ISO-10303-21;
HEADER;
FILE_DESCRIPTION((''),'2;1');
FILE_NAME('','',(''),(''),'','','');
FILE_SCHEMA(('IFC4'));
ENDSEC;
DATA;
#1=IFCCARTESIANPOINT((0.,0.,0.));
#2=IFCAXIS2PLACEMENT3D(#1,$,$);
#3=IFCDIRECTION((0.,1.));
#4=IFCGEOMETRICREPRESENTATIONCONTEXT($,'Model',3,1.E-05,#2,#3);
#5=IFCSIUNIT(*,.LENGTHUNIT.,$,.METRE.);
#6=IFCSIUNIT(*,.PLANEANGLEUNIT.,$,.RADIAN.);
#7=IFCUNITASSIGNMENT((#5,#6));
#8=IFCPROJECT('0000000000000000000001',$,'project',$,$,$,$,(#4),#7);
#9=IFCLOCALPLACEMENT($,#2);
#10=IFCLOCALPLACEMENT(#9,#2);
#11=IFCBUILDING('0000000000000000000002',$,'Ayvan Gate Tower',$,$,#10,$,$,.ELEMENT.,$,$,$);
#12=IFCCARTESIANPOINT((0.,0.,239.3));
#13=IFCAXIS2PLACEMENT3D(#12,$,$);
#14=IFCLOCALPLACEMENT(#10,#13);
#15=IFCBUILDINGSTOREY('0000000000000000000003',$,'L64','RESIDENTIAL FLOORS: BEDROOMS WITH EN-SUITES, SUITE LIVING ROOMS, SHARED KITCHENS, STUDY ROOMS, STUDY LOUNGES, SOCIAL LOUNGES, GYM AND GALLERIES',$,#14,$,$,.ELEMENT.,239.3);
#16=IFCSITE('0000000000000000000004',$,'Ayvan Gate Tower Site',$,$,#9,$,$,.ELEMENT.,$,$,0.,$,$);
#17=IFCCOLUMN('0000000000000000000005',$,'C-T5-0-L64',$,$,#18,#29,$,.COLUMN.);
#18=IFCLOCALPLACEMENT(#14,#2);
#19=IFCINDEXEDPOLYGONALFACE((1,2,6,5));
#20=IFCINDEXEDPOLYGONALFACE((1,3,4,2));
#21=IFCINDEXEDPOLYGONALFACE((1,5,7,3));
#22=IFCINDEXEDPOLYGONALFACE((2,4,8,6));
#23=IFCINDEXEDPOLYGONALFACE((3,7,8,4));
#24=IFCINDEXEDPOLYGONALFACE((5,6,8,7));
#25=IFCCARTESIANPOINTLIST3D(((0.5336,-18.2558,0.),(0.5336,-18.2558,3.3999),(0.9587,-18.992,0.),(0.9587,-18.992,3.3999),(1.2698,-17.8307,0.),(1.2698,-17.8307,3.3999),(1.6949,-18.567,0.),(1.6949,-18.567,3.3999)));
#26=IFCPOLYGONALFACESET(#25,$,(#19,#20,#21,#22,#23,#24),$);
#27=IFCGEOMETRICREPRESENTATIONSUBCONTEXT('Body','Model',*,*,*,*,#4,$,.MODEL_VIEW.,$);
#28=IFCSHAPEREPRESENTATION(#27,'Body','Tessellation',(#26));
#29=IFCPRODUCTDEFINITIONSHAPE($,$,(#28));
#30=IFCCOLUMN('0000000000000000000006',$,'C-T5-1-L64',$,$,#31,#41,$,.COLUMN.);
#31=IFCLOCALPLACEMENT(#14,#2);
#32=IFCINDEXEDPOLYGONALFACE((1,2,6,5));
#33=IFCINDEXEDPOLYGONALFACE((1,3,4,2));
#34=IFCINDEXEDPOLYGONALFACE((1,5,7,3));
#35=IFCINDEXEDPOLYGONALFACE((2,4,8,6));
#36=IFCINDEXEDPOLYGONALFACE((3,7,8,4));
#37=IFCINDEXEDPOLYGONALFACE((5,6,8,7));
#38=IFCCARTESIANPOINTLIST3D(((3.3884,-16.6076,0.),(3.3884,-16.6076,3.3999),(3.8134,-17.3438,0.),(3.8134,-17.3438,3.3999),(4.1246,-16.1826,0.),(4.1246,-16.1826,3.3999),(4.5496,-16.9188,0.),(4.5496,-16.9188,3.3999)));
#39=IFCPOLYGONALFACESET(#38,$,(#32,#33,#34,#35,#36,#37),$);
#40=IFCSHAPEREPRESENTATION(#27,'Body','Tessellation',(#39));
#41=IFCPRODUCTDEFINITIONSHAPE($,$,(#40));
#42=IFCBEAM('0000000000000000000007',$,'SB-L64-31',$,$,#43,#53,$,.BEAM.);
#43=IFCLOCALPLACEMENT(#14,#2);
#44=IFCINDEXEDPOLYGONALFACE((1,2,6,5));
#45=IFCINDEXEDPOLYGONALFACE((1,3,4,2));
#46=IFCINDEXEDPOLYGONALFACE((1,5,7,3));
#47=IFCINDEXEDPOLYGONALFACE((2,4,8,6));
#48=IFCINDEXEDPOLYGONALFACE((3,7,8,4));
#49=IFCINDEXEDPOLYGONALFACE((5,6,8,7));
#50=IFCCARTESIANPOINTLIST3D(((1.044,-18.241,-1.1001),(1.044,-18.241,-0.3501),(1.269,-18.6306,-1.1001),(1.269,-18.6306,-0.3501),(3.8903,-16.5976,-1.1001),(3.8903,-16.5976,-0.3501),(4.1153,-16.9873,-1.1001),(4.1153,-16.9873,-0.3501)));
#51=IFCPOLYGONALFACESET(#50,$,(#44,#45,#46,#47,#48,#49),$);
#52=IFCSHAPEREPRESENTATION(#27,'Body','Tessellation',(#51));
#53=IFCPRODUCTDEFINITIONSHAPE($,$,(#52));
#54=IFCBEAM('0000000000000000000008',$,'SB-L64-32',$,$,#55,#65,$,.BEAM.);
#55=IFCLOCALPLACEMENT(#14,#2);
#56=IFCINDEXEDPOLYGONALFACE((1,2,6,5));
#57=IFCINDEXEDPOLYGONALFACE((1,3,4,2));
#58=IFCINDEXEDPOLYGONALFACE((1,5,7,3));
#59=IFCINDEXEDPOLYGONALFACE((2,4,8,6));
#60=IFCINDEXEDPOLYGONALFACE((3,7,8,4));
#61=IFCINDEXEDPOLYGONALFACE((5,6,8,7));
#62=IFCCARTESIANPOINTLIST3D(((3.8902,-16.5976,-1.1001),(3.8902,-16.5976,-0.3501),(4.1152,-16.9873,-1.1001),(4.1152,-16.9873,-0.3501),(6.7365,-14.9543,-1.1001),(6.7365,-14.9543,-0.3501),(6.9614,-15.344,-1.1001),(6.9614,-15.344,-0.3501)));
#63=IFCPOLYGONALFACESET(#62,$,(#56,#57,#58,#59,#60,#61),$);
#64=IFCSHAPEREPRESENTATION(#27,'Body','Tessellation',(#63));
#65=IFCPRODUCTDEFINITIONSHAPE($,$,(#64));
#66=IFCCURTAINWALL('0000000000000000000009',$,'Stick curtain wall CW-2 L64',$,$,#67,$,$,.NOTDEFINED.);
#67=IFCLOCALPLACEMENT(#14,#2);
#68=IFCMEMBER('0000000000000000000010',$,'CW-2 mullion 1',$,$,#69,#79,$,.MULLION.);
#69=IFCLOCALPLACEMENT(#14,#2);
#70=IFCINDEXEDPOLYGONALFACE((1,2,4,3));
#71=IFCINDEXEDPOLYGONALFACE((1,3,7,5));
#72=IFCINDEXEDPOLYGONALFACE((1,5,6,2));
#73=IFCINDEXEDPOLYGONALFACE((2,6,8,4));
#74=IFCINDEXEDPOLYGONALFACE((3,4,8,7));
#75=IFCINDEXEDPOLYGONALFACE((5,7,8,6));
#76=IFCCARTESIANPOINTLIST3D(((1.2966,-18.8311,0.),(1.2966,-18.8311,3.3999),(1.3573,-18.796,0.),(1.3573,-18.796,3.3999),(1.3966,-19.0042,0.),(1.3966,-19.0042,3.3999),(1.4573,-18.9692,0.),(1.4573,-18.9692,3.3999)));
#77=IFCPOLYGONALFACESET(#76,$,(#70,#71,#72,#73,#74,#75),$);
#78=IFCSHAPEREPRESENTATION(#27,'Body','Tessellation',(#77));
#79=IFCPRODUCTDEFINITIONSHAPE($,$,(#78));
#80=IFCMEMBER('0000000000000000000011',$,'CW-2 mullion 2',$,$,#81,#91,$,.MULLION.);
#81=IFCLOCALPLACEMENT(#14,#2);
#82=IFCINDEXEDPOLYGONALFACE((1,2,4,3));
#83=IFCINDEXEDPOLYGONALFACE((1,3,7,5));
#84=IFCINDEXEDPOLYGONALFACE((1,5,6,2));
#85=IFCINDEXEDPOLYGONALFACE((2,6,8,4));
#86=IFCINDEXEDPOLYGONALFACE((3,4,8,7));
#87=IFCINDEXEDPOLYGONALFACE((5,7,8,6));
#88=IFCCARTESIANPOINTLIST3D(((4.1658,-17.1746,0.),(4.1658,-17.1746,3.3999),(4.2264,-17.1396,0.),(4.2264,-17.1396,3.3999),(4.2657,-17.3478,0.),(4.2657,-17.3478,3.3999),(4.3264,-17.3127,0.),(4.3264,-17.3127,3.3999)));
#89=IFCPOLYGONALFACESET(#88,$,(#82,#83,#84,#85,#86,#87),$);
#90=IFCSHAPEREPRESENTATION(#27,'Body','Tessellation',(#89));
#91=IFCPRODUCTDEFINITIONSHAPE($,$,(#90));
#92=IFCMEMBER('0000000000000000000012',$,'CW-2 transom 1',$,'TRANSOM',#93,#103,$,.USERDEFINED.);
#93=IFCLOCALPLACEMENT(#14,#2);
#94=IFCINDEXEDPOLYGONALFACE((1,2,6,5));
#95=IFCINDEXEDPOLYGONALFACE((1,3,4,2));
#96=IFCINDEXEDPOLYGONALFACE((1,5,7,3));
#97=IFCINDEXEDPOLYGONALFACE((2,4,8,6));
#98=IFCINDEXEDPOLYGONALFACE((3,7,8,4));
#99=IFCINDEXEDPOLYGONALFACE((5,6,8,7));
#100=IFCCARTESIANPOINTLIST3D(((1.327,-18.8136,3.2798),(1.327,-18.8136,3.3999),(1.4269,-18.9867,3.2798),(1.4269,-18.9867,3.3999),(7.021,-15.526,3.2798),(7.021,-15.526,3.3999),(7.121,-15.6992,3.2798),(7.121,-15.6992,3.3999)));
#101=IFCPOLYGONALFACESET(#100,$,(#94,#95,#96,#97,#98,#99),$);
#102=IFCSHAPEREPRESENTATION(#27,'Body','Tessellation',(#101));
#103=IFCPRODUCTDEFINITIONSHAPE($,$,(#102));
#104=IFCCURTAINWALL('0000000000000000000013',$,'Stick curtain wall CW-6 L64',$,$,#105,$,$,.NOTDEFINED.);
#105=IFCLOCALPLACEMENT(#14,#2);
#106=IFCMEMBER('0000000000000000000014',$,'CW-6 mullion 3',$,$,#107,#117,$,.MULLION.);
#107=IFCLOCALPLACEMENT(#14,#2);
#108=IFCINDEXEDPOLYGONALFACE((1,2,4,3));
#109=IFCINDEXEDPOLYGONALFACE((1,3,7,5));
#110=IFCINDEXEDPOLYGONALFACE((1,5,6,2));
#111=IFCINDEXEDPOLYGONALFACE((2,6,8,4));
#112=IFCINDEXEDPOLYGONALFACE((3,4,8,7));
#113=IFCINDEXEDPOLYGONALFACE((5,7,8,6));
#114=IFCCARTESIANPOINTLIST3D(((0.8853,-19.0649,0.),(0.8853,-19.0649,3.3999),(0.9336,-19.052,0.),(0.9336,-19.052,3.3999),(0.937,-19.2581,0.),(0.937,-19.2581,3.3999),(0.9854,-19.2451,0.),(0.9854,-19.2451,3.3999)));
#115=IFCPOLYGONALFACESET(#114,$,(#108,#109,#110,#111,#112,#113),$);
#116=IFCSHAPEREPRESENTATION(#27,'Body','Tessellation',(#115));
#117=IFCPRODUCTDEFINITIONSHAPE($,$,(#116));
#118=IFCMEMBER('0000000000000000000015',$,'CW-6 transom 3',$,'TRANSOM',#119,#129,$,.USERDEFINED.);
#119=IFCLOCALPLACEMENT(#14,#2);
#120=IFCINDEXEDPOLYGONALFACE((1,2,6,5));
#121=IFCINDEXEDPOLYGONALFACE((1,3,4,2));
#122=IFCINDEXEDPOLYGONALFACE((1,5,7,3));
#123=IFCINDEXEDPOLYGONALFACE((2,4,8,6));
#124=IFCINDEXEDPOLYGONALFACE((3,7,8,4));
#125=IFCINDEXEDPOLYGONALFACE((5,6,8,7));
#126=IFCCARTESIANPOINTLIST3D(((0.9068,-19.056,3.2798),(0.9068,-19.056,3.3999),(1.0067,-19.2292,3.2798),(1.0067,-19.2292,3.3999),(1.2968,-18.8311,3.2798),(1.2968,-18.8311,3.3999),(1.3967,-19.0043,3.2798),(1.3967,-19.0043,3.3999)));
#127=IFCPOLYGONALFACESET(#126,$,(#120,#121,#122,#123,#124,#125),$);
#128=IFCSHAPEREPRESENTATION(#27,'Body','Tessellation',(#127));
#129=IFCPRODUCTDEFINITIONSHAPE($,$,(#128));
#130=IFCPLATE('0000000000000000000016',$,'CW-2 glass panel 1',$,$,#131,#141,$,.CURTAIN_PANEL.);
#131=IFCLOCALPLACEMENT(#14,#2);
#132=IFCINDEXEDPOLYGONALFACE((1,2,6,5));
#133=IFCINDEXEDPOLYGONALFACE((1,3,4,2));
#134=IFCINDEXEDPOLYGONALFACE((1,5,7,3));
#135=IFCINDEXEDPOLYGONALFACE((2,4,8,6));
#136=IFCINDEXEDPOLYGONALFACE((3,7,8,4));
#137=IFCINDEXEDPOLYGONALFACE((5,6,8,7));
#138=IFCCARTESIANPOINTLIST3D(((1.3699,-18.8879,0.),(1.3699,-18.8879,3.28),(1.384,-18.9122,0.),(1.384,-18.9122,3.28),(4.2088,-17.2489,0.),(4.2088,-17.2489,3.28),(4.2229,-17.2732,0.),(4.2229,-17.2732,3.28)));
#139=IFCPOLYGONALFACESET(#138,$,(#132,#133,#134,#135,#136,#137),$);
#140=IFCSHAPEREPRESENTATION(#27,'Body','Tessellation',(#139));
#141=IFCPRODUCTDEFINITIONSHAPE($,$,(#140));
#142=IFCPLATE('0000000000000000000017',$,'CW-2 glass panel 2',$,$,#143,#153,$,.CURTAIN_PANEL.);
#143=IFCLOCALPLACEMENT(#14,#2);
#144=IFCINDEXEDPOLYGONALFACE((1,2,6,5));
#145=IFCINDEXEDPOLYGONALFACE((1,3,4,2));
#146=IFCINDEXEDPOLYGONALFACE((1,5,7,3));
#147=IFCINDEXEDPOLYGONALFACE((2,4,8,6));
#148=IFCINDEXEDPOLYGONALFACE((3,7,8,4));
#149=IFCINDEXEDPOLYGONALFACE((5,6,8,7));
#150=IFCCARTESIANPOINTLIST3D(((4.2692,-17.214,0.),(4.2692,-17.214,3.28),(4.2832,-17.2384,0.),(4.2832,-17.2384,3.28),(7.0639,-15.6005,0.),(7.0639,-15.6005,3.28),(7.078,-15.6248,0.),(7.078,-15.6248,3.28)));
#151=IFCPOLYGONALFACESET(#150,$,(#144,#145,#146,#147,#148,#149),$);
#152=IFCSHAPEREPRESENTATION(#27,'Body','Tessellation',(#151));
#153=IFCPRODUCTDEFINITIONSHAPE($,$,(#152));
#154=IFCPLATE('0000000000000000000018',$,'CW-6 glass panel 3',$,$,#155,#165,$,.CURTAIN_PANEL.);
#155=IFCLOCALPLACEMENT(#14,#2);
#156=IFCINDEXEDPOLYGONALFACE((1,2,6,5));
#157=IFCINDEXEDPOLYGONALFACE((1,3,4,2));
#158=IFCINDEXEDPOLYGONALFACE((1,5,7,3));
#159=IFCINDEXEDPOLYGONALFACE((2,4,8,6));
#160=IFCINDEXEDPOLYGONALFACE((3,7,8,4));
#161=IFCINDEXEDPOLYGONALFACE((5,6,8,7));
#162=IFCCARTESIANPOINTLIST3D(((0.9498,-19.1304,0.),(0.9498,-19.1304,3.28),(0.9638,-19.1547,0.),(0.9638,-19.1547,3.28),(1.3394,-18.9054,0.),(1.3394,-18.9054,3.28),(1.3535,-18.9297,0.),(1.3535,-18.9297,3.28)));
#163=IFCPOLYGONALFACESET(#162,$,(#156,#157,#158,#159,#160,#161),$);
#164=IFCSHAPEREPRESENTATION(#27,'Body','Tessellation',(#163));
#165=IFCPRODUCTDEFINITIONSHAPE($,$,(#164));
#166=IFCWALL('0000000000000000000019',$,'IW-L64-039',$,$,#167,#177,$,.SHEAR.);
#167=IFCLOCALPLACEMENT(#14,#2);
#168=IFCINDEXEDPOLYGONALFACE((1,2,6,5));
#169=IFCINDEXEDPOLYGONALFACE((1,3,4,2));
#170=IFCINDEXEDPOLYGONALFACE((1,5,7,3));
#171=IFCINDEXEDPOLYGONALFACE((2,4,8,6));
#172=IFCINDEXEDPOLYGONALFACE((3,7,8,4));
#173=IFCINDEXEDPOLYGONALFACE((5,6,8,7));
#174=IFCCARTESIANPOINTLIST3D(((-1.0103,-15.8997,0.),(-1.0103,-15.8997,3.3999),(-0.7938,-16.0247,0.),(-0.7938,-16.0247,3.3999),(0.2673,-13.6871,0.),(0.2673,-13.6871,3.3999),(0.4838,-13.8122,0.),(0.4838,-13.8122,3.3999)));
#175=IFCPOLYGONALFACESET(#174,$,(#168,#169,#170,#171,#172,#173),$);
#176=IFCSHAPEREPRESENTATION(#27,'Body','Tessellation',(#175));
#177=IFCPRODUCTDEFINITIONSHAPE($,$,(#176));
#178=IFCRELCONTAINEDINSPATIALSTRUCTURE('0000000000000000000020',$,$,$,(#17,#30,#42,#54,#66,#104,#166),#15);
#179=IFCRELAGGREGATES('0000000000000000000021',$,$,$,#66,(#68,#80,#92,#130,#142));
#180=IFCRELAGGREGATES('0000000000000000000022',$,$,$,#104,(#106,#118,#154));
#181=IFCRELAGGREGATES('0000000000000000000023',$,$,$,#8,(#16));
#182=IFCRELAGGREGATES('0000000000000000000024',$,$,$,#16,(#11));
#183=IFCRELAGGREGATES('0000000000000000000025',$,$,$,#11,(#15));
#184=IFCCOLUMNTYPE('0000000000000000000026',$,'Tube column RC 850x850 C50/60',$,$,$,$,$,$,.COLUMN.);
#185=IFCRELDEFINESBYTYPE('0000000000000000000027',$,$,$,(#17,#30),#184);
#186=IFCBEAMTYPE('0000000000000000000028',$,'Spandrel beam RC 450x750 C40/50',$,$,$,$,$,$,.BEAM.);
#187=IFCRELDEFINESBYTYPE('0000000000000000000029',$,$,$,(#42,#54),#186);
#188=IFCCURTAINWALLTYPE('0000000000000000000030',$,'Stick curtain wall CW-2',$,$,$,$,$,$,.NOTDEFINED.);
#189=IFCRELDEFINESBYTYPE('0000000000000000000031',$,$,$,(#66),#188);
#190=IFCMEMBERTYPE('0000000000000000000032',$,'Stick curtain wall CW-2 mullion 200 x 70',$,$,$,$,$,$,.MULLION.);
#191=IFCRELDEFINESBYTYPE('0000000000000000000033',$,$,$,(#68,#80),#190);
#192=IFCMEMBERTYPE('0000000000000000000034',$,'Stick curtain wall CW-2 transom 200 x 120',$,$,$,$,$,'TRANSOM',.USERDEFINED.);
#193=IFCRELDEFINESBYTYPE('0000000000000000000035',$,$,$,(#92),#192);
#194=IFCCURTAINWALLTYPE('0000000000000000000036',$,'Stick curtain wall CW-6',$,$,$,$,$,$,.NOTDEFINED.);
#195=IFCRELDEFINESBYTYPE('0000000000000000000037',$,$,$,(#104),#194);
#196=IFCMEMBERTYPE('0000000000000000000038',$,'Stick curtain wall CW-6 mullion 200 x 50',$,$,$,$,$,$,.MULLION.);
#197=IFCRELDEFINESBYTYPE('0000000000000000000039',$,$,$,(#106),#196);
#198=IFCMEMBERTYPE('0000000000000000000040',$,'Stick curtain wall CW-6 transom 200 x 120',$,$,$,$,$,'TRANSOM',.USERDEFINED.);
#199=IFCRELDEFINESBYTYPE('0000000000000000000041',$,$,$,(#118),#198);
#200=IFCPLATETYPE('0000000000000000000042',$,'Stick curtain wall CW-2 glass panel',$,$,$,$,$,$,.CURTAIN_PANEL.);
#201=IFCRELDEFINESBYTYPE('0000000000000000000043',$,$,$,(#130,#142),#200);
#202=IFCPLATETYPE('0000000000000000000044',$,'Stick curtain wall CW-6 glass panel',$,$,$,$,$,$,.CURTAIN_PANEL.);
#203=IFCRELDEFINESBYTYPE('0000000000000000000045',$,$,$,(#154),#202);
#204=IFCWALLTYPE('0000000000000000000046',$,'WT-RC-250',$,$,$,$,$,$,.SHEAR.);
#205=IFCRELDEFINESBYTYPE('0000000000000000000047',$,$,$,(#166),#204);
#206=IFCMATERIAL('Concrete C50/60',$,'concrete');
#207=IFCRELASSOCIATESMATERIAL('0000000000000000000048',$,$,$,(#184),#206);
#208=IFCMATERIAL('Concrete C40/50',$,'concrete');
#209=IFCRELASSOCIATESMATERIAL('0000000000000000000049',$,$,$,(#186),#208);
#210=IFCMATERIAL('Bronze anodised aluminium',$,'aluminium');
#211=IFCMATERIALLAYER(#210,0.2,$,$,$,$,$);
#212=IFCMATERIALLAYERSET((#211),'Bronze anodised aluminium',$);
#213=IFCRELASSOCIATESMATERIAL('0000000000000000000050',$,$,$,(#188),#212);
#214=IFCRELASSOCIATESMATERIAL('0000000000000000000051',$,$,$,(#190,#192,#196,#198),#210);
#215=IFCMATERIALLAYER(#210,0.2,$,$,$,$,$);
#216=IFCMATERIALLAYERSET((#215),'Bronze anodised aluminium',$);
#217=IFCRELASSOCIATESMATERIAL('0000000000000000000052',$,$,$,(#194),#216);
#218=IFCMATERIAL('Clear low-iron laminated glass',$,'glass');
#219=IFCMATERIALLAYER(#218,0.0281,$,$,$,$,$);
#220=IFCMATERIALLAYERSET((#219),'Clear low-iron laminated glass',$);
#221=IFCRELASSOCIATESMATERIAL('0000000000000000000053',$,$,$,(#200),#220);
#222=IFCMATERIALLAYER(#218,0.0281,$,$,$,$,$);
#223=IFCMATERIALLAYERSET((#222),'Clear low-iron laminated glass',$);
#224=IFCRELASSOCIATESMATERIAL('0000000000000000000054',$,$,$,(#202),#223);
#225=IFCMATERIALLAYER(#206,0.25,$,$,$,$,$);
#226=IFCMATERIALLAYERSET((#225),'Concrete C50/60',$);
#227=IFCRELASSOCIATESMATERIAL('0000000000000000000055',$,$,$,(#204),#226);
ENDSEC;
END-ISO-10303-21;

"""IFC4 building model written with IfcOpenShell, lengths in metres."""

from ifc_helpers import new_model, si_unit, direction, frame, frame_2d, origin, origin_2d, place, context, subcontext, project, spatial, rectangle, extrude, material, layer, layer_set, material_profile, profile_set, type_object, element, aggregate, save


model = new_model("IFC4")

# Units and contexts
model_context = context("Model", 3, precision=1e-05, world=origin(), true_north=direction((0.0, 1.0)))
body_context = subcontext(model_context, "Body", "Model", "MODEL_VIEW")
ifc_project = project(units=[si_unit("LENGTHUNIT", "METRE"), si_unit("PLANEANGLEUNIT", "RADIAN")], contexts=[model_context])

# Site, building, storey
site_placement = place(None, origin())
site = spatial("IfcSite", under=ifc_project, at=site_placement, Name="Ayvan Gate Tower Site", CompositionType="ELEMENT", RefElevation=0.0)
building_placement = place(site_placement, origin())
building = spatial("IfcBuilding", under=site, at=building_placement, Name="Ayvan Gate Tower", CompositionType="ELEMENT")
storey_placement = place(building_placement, frame((0.0, 0.0, 239.3)))
storey = spatial("IfcBuildingStorey", under=building, at=storey_placement, Name="L64", Description="RESIDENTIAL FLOORS: BEDROOMS WITH EN-SUITES, SUITE LIVING ROOMS, SHARED KITCHENS, STUDY ROOMS, STUDY LOUNGES, SOCIAL LOUNGES, GYM AND GALLERIES", CompositionType="ELEMENT", Elevation=239.3)

# Columns
ifc_material_1 = material(Name="Concrete C50/60", Category="concrete")
ifc_material_profile_1 = material_profile(ifc_material_1, rectangle(XDim=0.8501, YDim=0.8501, at=origin_2d()), Name="RC 850x850")
ifc_profile_set_1 = profile_set([ifc_material_profile_1], Name="Concrete C50/60")
column_type = type_object("IfcColumnType", Name="Tube column RC 850x850 C50/60", PredefinedType="COLUMN", material=ifc_profile_set_1)
for number, where, z_axis, x_axis, name in (
    (1, (1.1143, -18.4114, 0.0), (0.0, 0.0, 1.0), (0.5, -0.866025, 0.0), "C-T5-0-L64"),
    (2, (3.969, -16.7632, 0.0), (0.0, 0.0, 1.0), (0.5, -0.866025, 0.0), "C-T5-1-L64"),
):
    element("IfcColumn", number, at=place(storey_placement, frame(where, z_axis=z_axis, x_axis=x_axis)), inside=storey, type_object=column_type, Name=name, PredefinedType="COLUMN", context=body_context, shape_type="SweptSolid", body=[
        extrude(rectangle(XDim=0.8501, YDim=0.8501, at=origin_2d()), origin(), (0.0, 0.0, 1.0), 3.3999),
    ])

# Beams
ifc_material_2 = material(Name="Concrete C40/50", Category="concrete")
ifc_material_profile_2 = material_profile(ifc_material_2, rectangle(XDim=0.45, YDim=0.75, at=origin_2d()), Name="RC 450x750")
ifc_profile_set_2 = profile_set([ifc_material_profile_2], Name="Concrete C40/50")
beam_type = type_object("IfcBeamType", Name="Spandrel beam RC 450x750 C40/50", PredefinedType="BEAM", material=ifc_profile_set_2)
for number, where, z_axis, x_axis, name in (
    (3, (1.1565, -18.4358, -0.7251), (0.866017, 0.500014, 0.0), (-0.500014, 0.866017, 0.0), "SB-L64-31"),
    (4, (4.0027, -16.7925, -0.7251), (0.866017, 0.500014, 0.0), (-0.500014, 0.866017, 0.0), "SB-L64-32"),
):
    element("IfcBeam", number, at=place(storey_placement, frame(where, z_axis=z_axis, x_axis=x_axis)), inside=storey, type_object=beam_type, Name=name, PredefinedType="BEAM", context=body_context, shape_type="SweptSolid", body=[
        extrude(rectangle(XDim=0.45, YDim=0.75, at=origin_2d()), origin(), (0.0, 0.0, 1.0), 3.2866),
    ])

# Curtain walls, members
ifc_material_3 = material(Name="Bronze anodised aluminium", Category="aluminium")
ifc_layer_1 = layer(ifc_material_3, 0.2)
ifc_layer_set_1 = layer_set([ifc_layer_1], Name="Bronze anodised aluminium")
curtain_wall_type_1 = type_object("IfcCurtainWallType", Name="Stick curtain wall CW-2", PredefinedType="NOTDEFINED", material=ifc_layer_set_1)
curtain_wall_1_placement = place(storey_placement, origin())
curtain_wall_1 = element("IfcCurtainWall", 5, at=curtain_wall_1_placement, inside=storey, type_object=curtain_wall_type_1, Name="Stick curtain wall CW-2 L64", PredefinedType="NOTDEFINED")
ifc_material_profile_3 = material_profile(ifc_material_3, rectangle(XDim=0.2, YDim=0.0701, at=origin_2d()), Name="Stick curtain wall CW-2 mullion 200 x 70")
ifc_profile_set_3 = profile_set([ifc_material_profile_3], Name="Bronze anodised aluminium")
member_type_1 = type_object("IfcMemberType", Name="Stick curtain wall CW-2 mullion 200 x 70", PredefinedType="MULLION", material=ifc_profile_set_3)
member_1_placement = place(storey_placement, frame((1.377, -18.9001, 0.0), z_axis=(0.0, 0.0, 1.0), x_axis=(0.5, -0.866025, 0.0)))
member_1 = element("IfcMember", 6, at=member_1_placement, type_object=member_type_1, Name="CW-2 mullion 1", PredefinedType="MULLION", context=body_context, shape_type="SweptSolid", body=[
    extrude(rectangle(XDim=0.2, YDim=0.0701, at=origin_2d()), origin(), (0.0, 0.0, 1.0), 3.3999),
])
member_2_placement = place(storey_placement, frame((4.2461, -17.2437, 0.0), z_axis=(0.0, 0.0, 1.0), x_axis=(0.5, -0.866025, 0.0)))
member_2 = element("IfcMember", 7, at=member_2_placement, type_object=member_type_1, Name="CW-2 mullion 2", PredefinedType="MULLION", context=body_context, shape_type="SweptSolid", body=[
    extrude(rectangle(XDim=0.2, YDim=0.0701, at=origin_2d()), origin(), (0.0, 0.0, 1.0), 3.3999),
])
ifc_material_profile_4 = material_profile(ifc_material_3, rectangle(XDim=0.2, YDim=0.1201, at=origin_2d()), Name="Stick curtain wall CW-2 transom 200 x 120")
ifc_profile_set_4 = profile_set([ifc_material_profile_4], Name="Bronze anodised aluminium")
member_type_2 = type_object("IfcMemberType", Name="Stick curtain wall CW-2 transom 200 x 120", ElementType="TRANSOM", PredefinedType="USERDEFINED", material=ifc_profile_set_4)
member_3_placement = place(storey_placement, frame((1.377, -18.9001, 3.3398), z_axis=(0.866018, 0.500013, 0.0), x_axis=(-0.500013, 0.866018, 0.0)))
member_3 = element("IfcMember", 8, at=member_3_placement, type_object=member_type_2, Name="CW-2 transom 1", ObjectType="TRANSOM", PredefinedType="USERDEFINED", context=body_context, shape_type="SweptSolid", body=[
    extrude(rectangle(XDim=0.2, YDim=0.1201, at=origin_2d()), origin(), (0.0, 0.0, 1.0), 6.575),
])
ifc_layer_2 = layer(ifc_material_3, 0.2)
ifc_layer_set_2 = layer_set([ifc_layer_2], Name="Bronze anodised aluminium")
curtain_wall_type_2 = type_object("IfcCurtainWallType", Name="Stick curtain wall CW-6", PredefinedType="NOTDEFINED", material=ifc_layer_set_2)
curtain_wall_2_placement = place(storey_placement, origin())
curtain_wall_2 = element("IfcCurtainWall", 9, at=curtain_wall_2_placement, inside=storey, type_object=curtain_wall_type_2, Name="Stick curtain wall CW-6 L64", PredefinedType="NOTDEFINED")
ifc_material_profile_5 = material_profile(ifc_material_3, rectangle(XDim=0.2, YDim=0.05, at=origin_2d()), Name="Stick curtain wall CW-6 mullion 200 x 50")
ifc_profile_set_5 = profile_set([ifc_material_profile_5], Name="Bronze anodised aluminium")
member_type_3 = type_object("IfcMemberType", Name="Stick curtain wall CW-6 mullion 200 x 50", PredefinedType="MULLION", material=ifc_profile_set_5)
member_4_placement = place(storey_placement, frame((0.9353, -19.155, 0.0), z_axis=(0.0, 0.0, 1.0), x_axis=(0.258819, -0.965926, 0.0)))
member_4 = element("IfcMember", 10, at=member_4_placement, type_object=member_type_3, Name="CW-6 mullion 3", PredefinedType="MULLION", context=body_context, shape_type="SweptSolid", body=[
    extrude(rectangle(XDim=0.2, YDim=0.05, at=origin_2d()), origin(), (0.0, 0.0, 1.0), 3.3999),
])
ifc_material_profile_6 = material_profile(ifc_material_3, rectangle(XDim=0.2, YDim=0.1201, at=origin_2d()), Name="Stick curtain wall CW-6 transom 200 x 120")
ifc_profile_set_6 = profile_set([ifc_material_profile_6], Name="Bronze anodised aluminium")
member_type_4 = type_object("IfcMemberType", Name="Stick curtain wall CW-6 transom 200 x 120", ElementType="TRANSOM", PredefinedType="USERDEFINED", material=ifc_profile_set_6)
member_5_placement = place(storey_placement, frame((0.9568, -19.1426, 3.3398), z_axis=(0.866267, 0.499582, 0.0), x_axis=(-0.499582, 0.866267, 0.0)))
member_5 = element("IfcMember", 11, at=member_5_placement, type_object=member_type_4, Name="CW-6 transom 3", ObjectType="TRANSOM", PredefinedType="USERDEFINED", context=body_context, shape_type="SweptSolid", body=[
    extrude(rectangle(XDim=0.2, YDim=0.1201, at=origin_2d()), origin(), (0.0, 0.0, 1.0), 0.4502),
])

# Plates
ifc_material_4 = material(Name="Clear low-iron laminated glass", Category="glass")
ifc_layer_3 = layer(ifc_material_4, 0.0281)
ifc_layer_set_3 = layer_set([ifc_layer_3], Name="Clear low-iron laminated glass")
plate_type_1 = type_object("IfcPlateType", Name="Stick curtain wall CW-2 glass panel", PredefinedType="CURTAIN_PANEL", material=ifc_layer_set_3)
plate_1_placement = place(storey_placement, frame((2.7964, -18.0806, 0.0), z_axis=(0.0, 0.0, 1.0), x_axis=(0.866025, 0.5, 0.0)))
plate_1 = element("IfcPlate", 12, at=plate_1_placement, type_object=plate_type_1, Name="CW-2 glass panel 1", PredefinedType="CURTAIN_PANEL", context=body_context, shape_type="SweptSolid", body=[
    extrude(rectangle(XDim=3.2781, YDim=0.0281, at=origin_2d()), origin(), (0.0, 0.0, 1.0), 3.28),
])
plate_2_placement = place(storey_placement, frame((5.6736, -16.4194, 0.0), z_axis=(0.0, 0.0, 1.0), x_axis=(0.866025, 0.5, 0.0)))
plate_2 = element("IfcPlate", 13, at=plate_2_placement, type_object=plate_type_1, Name="CW-2 glass panel 2", PredefinedType="CURTAIN_PANEL", context=body_context, shape_type="SweptSolid", body=[
    extrude(rectangle(XDim=3.2271, YDim=0.0281, at=origin_2d()), origin(), (0.0, 0.0, 1.0), 3.28),
])
aggregate(curtain_wall_1, [member_1, member_2, member_3, plate_1, plate_2])
ifc_layer_4 = layer(ifc_material_4, 0.0281)
ifc_layer_set_4 = layer_set([ifc_layer_4], Name="Clear low-iron laminated glass")
plate_type_2 = type_object("IfcPlateType", Name="Stick curtain wall CW-6 glass panel", PredefinedType="CURTAIN_PANEL", material=ifc_layer_set_4)
plate_3_placement = place(storey_placement, frame((1.1516, -19.03, 0.0), z_axis=(0.0, 0.0, 1.0), x_axis=(0.866025, 0.5, 0.0)))
plate_3 = element("IfcPlate", 14, at=plate_3_placement, type_object=plate_type_2, Name="CW-6 glass panel 3", PredefinedType="CURTAIN_PANEL", context=body_context, shape_type="SweptSolid", body=[
    extrude(rectangle(XDim=0.45, YDim=0.0281, at=origin_2d()), origin(), (0.0, 0.0, 1.0), 3.28),
])
aggregate(curtain_wall_2, [member_4, member_5, plate_3])

# Wall
ifc_layer_5 = layer(ifc_material_1, 0.25)
ifc_layer_set_5 = layer_set([ifc_layer_5], Name="Concrete C50/60")
wall_type = type_object("IfcWallType", Name="WT-RC-250", PredefinedType="SHEAR", material=ifc_layer_set_5)
wall_1_placement = place(storey_placement, frame((0.3755, -13.7498, 0.0), z_axis=(0.0, 0.0, 1.0), x_axis=(-0.500034, -0.866006, 0.0)))
element("IfcWall", 15, at=wall_1_placement, inside=storey, type_object=wall_type, Name="IW-L64-039", PredefinedType="SHEAR", context=body_context, shape_type="SweptSolid", body=[
    extrude(rectangle(XDim=2.5549, YDim=0.25, at=frame_2d((1.2773, 0.0))), origin(), (0.0, 0.0, 1.0), 3.3999),
])

save(model, "model.ifc")
